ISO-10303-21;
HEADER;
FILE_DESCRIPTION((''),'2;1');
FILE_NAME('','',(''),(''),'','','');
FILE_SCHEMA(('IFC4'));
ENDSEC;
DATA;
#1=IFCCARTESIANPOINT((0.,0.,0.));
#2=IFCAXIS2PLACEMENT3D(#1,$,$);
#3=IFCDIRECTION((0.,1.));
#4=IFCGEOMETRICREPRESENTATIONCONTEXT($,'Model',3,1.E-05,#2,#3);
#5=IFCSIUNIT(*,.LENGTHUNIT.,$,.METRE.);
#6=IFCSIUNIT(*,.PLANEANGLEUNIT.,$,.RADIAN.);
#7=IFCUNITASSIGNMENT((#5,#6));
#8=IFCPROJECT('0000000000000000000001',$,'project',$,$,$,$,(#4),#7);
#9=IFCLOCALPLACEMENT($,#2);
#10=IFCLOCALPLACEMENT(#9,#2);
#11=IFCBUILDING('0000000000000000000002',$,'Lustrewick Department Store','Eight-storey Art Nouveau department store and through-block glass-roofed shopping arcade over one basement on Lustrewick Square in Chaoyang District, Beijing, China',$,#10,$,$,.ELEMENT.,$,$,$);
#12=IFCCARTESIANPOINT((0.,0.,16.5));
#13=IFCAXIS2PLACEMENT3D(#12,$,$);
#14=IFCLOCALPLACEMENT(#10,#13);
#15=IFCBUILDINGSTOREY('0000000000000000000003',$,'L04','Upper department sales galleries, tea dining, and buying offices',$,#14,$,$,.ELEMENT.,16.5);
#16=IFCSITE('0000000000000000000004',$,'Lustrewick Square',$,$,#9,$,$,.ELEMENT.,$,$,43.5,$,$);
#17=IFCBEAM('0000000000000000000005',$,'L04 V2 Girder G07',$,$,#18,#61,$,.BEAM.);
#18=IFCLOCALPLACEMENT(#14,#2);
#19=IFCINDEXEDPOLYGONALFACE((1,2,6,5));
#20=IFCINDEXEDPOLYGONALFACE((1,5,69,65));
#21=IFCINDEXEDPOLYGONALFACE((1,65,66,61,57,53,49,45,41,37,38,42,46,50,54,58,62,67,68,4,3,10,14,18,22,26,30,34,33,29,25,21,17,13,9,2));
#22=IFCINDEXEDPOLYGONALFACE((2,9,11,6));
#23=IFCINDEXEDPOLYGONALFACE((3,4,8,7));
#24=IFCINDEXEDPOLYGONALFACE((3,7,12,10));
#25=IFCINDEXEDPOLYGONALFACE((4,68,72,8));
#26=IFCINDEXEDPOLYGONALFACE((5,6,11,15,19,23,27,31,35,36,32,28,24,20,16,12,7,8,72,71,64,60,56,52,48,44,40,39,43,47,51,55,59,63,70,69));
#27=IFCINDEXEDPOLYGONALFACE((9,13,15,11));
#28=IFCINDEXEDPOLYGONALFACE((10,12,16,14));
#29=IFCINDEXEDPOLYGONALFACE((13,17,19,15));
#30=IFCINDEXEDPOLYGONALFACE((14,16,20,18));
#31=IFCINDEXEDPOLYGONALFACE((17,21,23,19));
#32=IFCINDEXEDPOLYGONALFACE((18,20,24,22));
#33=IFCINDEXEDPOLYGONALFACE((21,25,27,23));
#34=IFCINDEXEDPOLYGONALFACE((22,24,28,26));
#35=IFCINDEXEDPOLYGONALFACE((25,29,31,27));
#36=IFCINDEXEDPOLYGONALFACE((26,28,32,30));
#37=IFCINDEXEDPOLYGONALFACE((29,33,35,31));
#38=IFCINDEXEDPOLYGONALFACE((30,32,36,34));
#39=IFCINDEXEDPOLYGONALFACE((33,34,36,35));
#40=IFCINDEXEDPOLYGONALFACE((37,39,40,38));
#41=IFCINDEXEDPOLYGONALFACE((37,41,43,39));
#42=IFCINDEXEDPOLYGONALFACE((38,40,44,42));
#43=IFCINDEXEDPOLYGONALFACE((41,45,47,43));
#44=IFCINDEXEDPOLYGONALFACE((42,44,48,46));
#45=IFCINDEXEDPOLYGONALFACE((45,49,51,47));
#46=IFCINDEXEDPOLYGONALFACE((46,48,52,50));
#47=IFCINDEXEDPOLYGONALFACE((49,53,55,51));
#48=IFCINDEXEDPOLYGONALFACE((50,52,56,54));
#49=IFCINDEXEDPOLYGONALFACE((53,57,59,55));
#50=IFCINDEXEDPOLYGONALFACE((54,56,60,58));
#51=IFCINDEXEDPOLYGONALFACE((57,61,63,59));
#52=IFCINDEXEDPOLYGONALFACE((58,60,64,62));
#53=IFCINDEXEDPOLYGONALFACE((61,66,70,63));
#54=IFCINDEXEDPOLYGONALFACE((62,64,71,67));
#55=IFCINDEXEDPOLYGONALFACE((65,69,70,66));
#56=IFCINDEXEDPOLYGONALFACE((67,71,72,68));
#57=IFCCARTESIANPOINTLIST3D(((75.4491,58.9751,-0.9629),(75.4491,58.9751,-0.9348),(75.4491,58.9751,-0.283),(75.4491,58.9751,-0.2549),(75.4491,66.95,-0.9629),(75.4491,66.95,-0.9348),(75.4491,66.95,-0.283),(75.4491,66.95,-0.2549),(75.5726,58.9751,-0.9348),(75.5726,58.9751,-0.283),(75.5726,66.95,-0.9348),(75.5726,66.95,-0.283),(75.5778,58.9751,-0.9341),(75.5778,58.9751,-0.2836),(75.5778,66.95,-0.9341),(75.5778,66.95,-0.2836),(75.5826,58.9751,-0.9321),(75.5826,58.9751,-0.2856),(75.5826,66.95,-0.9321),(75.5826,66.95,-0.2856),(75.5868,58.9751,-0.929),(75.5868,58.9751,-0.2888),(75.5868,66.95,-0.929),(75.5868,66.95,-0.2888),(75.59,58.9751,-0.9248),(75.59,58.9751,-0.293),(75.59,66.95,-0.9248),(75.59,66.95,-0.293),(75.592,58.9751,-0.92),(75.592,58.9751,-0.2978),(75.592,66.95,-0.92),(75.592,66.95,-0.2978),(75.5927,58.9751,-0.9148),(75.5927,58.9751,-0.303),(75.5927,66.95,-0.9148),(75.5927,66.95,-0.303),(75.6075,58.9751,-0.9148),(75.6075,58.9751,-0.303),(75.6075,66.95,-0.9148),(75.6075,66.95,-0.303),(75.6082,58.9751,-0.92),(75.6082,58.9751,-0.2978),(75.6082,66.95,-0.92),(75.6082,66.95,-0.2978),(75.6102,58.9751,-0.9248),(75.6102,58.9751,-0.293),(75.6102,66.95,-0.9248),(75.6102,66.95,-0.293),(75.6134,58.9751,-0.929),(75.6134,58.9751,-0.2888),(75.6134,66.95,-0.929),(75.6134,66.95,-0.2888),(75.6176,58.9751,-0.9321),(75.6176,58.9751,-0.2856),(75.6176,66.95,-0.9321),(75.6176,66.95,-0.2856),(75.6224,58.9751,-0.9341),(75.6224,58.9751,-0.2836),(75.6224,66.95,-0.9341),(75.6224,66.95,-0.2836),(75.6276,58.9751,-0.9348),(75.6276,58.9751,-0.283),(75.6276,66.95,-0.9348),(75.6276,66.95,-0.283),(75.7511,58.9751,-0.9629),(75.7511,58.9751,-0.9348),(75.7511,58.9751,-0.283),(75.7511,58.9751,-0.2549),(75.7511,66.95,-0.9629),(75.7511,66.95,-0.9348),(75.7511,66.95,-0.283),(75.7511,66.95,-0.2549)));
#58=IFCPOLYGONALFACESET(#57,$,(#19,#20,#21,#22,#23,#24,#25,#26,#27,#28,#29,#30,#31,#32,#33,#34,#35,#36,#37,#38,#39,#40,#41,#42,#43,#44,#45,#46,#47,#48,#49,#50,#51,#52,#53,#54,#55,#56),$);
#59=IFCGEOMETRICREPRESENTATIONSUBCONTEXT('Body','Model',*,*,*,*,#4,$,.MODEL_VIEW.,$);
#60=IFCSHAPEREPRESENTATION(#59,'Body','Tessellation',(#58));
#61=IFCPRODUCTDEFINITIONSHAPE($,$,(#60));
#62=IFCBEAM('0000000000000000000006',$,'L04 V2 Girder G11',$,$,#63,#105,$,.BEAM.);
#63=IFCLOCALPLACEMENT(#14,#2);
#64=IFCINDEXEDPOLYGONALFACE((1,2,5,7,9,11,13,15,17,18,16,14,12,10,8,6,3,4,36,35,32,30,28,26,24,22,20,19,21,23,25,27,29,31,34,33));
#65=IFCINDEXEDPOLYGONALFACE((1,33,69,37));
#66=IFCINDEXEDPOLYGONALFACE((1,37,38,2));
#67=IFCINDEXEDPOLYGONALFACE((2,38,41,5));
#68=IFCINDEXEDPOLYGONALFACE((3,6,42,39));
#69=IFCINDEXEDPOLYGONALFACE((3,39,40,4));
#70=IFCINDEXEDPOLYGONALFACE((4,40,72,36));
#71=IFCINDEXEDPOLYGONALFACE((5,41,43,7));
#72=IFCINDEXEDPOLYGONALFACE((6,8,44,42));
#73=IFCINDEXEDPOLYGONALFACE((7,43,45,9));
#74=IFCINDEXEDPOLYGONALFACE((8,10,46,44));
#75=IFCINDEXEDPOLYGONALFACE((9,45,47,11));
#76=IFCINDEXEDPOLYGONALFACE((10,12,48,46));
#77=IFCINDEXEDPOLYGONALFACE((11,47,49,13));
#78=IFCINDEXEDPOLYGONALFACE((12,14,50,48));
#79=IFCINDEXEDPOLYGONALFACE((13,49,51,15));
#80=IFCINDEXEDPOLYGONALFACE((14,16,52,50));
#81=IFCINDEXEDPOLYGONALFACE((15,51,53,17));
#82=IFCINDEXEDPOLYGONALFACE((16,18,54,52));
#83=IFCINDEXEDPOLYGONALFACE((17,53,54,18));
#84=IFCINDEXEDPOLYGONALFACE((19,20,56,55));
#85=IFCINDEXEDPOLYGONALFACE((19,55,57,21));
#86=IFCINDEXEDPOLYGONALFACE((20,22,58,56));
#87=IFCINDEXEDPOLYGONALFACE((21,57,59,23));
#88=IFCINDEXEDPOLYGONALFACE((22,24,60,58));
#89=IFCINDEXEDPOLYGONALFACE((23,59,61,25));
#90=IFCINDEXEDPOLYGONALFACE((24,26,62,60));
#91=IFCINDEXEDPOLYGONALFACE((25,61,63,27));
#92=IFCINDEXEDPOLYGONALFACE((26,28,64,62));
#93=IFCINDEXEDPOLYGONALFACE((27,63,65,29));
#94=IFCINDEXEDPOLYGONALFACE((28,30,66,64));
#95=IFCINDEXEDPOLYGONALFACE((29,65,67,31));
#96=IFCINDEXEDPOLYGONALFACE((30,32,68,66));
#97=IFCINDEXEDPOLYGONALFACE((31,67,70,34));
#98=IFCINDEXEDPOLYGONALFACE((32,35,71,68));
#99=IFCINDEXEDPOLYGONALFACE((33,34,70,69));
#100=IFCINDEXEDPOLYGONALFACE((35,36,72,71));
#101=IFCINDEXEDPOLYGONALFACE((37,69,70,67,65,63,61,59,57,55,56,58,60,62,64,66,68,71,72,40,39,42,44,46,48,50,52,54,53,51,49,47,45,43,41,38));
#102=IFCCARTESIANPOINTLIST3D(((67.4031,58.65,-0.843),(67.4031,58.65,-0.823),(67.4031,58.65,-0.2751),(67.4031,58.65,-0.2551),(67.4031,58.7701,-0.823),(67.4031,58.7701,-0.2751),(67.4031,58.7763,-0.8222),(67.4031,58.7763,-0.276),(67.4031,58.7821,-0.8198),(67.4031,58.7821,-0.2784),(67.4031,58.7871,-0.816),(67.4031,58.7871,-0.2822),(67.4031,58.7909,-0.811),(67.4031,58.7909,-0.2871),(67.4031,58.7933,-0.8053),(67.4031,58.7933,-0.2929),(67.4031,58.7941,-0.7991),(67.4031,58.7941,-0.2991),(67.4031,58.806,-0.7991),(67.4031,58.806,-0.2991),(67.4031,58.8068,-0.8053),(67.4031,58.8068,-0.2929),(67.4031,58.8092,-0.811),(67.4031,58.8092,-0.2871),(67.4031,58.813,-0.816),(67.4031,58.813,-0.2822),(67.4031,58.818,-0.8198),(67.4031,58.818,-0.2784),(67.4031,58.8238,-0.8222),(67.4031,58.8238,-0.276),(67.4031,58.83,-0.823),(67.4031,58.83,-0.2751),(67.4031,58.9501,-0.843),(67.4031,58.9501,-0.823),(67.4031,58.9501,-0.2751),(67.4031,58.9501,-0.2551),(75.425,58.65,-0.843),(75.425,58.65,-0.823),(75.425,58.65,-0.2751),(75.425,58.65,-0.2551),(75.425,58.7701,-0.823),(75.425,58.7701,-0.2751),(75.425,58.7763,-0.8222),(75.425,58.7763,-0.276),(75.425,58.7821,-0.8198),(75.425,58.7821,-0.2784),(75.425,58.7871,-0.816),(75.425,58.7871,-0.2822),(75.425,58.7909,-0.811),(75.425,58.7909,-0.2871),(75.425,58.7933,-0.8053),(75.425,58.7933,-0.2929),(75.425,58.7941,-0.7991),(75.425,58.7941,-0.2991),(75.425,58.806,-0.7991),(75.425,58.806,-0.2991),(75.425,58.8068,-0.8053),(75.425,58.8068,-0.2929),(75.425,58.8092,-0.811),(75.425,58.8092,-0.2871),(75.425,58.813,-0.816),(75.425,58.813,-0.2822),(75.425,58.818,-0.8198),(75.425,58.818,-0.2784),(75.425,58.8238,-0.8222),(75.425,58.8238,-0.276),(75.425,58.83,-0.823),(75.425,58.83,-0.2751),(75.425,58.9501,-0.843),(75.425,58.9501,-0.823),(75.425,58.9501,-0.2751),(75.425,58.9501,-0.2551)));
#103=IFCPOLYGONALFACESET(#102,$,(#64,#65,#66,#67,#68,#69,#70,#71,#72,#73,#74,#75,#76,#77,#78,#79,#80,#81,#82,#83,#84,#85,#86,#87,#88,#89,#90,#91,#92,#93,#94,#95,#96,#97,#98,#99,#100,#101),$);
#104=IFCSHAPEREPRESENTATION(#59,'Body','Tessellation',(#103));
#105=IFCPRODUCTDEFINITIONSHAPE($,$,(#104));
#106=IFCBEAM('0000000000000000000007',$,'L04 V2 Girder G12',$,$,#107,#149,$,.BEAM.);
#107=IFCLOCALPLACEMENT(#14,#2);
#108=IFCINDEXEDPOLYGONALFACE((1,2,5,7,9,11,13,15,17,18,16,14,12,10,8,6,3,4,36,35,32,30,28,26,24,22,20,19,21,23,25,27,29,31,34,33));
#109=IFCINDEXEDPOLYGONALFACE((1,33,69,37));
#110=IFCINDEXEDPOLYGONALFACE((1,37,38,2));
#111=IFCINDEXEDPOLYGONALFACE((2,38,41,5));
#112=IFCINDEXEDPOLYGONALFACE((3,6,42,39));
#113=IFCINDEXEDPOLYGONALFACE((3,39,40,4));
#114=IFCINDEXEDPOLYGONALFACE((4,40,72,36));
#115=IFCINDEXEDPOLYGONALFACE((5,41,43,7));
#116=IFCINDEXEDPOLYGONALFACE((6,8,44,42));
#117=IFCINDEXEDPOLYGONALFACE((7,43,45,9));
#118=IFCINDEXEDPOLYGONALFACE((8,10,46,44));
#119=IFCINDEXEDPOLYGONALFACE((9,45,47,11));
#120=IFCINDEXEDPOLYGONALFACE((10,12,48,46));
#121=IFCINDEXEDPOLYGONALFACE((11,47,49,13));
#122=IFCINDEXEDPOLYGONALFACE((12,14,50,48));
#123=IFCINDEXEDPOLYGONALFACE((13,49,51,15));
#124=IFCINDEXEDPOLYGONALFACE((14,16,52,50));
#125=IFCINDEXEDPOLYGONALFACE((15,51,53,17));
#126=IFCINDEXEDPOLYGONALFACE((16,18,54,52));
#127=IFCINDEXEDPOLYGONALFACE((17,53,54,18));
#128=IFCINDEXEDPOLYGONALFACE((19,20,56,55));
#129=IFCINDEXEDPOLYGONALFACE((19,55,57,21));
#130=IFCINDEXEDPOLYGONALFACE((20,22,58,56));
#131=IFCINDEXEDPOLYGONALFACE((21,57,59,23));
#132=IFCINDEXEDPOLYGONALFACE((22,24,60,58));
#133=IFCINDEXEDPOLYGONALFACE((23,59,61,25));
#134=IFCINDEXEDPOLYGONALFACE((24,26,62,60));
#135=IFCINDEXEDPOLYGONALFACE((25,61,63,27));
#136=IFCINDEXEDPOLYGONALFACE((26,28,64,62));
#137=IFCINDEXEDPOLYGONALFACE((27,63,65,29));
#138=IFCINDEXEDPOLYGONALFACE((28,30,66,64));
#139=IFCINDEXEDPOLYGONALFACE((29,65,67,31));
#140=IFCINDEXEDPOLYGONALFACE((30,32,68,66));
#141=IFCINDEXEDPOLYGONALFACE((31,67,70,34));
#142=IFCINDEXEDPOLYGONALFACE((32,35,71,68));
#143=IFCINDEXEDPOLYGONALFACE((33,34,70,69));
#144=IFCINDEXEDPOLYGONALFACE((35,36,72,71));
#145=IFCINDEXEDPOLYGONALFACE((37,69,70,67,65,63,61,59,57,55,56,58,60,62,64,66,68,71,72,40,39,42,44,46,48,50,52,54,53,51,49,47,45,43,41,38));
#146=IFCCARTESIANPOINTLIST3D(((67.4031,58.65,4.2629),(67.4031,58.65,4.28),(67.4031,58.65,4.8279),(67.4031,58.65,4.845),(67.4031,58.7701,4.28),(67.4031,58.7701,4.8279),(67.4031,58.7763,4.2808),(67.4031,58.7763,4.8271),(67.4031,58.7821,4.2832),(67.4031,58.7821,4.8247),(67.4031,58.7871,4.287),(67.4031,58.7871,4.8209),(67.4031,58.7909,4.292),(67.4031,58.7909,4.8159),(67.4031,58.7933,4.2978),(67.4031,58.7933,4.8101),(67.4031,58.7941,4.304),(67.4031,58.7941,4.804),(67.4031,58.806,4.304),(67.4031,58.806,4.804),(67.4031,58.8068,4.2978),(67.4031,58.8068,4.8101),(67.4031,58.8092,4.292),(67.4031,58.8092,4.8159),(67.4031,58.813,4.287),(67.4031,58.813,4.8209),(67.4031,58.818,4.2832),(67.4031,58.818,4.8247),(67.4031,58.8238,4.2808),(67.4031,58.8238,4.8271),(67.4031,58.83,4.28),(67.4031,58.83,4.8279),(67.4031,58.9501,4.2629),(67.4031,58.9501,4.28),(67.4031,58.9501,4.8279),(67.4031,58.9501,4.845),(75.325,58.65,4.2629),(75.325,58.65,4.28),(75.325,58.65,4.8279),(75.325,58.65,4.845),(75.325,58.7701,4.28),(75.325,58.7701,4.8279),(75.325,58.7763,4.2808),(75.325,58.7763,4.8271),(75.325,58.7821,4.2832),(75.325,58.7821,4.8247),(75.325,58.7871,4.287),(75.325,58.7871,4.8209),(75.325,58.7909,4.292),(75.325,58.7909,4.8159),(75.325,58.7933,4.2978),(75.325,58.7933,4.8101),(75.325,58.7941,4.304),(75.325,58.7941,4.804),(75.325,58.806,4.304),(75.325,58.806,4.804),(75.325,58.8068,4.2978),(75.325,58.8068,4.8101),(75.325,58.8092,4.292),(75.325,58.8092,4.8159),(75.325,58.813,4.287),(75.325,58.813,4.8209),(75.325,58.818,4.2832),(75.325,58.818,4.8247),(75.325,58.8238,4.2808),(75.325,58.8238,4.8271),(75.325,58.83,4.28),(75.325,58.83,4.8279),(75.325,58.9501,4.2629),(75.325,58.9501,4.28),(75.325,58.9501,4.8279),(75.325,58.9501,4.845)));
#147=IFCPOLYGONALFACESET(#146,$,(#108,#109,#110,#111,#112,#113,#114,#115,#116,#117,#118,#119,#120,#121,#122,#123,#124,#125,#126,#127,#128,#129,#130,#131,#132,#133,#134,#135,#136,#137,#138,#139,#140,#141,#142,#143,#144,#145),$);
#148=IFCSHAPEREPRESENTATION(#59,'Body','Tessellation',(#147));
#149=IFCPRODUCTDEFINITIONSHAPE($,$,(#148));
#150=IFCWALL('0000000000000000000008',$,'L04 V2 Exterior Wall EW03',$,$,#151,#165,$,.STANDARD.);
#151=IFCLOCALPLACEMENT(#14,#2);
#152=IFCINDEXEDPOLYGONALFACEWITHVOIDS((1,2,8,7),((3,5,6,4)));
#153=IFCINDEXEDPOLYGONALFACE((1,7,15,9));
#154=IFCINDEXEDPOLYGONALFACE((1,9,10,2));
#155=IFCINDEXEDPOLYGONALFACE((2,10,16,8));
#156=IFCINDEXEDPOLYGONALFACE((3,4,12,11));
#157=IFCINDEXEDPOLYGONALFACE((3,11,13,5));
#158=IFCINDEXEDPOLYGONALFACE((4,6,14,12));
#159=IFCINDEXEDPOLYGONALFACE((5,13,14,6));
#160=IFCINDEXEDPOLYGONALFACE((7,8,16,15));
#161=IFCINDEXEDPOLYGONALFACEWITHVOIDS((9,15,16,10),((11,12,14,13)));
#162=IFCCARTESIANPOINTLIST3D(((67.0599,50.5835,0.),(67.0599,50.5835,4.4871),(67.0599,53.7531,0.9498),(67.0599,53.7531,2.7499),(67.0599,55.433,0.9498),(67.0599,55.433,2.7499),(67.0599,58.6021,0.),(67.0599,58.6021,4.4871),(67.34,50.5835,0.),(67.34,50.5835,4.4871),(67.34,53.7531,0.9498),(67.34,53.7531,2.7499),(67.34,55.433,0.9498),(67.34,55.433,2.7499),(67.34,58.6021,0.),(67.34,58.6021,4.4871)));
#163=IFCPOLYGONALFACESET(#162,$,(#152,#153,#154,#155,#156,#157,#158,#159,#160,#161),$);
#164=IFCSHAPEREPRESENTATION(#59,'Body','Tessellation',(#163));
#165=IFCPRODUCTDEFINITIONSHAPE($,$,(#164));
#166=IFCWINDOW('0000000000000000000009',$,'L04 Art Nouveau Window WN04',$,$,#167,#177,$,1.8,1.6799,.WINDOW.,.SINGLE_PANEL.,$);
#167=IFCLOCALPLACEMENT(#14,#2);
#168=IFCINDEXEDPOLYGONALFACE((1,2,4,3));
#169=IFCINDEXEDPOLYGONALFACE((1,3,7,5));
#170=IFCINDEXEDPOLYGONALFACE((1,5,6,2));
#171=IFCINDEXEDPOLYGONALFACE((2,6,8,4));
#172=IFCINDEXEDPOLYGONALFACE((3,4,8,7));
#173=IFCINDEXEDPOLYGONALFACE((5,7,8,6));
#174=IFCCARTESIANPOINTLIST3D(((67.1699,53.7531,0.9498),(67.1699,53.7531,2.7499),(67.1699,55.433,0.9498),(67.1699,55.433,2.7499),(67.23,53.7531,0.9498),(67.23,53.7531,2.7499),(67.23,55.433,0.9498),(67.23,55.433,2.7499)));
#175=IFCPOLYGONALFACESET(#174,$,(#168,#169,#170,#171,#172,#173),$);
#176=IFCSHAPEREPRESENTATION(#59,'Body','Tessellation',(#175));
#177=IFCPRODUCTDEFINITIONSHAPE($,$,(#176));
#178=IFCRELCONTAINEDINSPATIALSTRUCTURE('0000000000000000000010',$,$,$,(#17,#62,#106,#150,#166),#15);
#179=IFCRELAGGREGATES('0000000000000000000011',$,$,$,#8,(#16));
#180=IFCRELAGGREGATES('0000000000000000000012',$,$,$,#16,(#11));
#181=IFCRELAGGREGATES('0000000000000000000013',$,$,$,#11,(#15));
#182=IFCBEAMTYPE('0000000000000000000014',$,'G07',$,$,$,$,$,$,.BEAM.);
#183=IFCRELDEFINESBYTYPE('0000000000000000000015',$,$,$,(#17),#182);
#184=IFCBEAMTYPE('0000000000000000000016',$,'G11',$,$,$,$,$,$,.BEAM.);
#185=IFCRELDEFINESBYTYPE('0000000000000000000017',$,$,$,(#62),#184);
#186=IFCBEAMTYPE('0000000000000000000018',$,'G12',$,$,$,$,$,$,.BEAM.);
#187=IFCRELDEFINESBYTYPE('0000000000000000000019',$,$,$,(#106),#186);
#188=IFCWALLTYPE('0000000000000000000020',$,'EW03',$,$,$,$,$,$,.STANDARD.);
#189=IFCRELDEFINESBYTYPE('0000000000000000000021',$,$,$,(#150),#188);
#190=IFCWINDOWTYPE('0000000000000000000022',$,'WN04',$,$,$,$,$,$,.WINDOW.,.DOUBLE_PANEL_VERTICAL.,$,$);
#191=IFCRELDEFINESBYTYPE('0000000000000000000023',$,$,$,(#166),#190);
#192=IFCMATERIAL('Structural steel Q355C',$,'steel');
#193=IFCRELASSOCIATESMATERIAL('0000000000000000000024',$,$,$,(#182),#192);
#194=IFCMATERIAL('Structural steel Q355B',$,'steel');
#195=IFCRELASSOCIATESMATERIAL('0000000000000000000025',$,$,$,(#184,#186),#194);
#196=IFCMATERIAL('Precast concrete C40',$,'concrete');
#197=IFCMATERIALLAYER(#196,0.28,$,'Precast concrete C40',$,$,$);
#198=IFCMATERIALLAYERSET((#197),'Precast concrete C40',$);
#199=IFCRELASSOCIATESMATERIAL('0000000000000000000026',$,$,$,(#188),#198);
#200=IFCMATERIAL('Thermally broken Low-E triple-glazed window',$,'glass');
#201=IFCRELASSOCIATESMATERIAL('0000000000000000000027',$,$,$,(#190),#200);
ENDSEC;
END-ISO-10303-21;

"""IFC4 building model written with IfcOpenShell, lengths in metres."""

from ifc_helpers import new_model, si_unit, direction, frame, frame_2d, origin, origin_2d, place, context, subcontext, project, spatial, rectangle, i_section, extrude, material, layer, layer_set, material_profile, profile_set, type_object, element, fill, save


model = new_model("IFC4")

# Units and contexts
model_context = context("Model", 3, precision=1e-05, world=origin(), true_north=direction((0.0, 1.0)))
body_context = subcontext(model_context, "Body", "Model", "MODEL_VIEW")
ifc_project = project(units=[si_unit("LENGTHUNIT", "METRE"), si_unit("PLANEANGLEUNIT", "RADIAN")], contexts=[model_context])

# Site, building, storey
site_placement = place(None, origin())
site = spatial("IfcSite", under=ifc_project, at=site_placement, Name="Lustrewick Square", CompositionType="ELEMENT", RefElevation=43.5)
building_placement = place(site_placement, origin())
building = spatial("IfcBuilding", under=site, at=building_placement, Name="Lustrewick Department Store", Description="Eight-storey Art Nouveau department store and through-block glass-roofed shopping arcade over one basement on Lustrewick Square in Chaoyang District, Beijing, China", CompositionType="ELEMENT")
storey_placement = place(building_placement, frame((0.0, 0.0, 16.5)))
storey = spatial("IfcBuildingStorey", under=building, at=storey_placement, Name="L04", Description="Upper department sales galleries, tea dining, and buying offices", CompositionType="ELEMENT", Elevation=16.5)

# Shared definitions
ifc_material_1 = material(Name="Structural steel Q355C", Category="steel")
ifc_material_2 = material(Name="Structural steel Q355B", Category="steel")

# Beams
ifc_material_profile_1 = material_profile(ifc_material_1, i_section(OverallWidth=0.302, OverallDepth=0.708, WebThickness=0.0149, FlangeThickness=0.0281, FilletRadius=0.02, at=origin_2d()), Name="HN 708x302x15x28")
ifc_profile_set_1 = profile_set([ifc_material_profile_1], Name="Structural steel Q355C")
beam_type_1 = type_object("IfcBeamType", Name="G07", PredefinedType="BEAM", material=ifc_profile_set_1)
beam_1_placement = place(storey_placement, frame((75.6001, 58.9751, -0.6089), z_axis=(0.0, 1.0, 0.0), x_axis=(-1.0, 0.0, 0.0)))
element("IfcBeam", 1, at=beam_1_placement, inside=storey, type_object=beam_type_1, Name="L04 V2 Girder G07", PredefinedType="BEAM", context=body_context, shape_type="SweptSolid", body=[
    extrude(i_section(OverallWidth=0.302, OverallDepth=0.708, WebThickness=0.0149, FlangeThickness=0.0281, FilletRadius=0.02, at=origin_2d()), origin(), (0.0, 0.0, 1.0), 7.9749),
])
ifc_material_profile_2 = material_profile(ifc_material_2, i_section(OverallWidth=0.3, OverallDepth=0.5879, WebThickness=0.012, FlangeThickness=0.02, FilletRadius=0.0239, at=origin_2d()), Name="HM 588x300x12x20")
ifc_profile_set_2 = profile_set([ifc_material_profile_2], Name="Structural steel Q355B")
beam_type_2 = type_object("IfcBeamType", Name="G11", PredefinedType="BEAM", material=ifc_profile_set_2)
beam_2_placement = place(storey_placement, frame((67.4031, 58.8, -0.5491), z_axis=(1.0, 0.0, 0.0), x_axis=(0.0, 1.0, 0.0)))
element("IfcBeam", 2, at=beam_2_placement, inside=storey, type_object=beam_type_2, Name="L04 V2 Girder G11", PredefinedType="BEAM", context=body_context, shape_type="SweptSolid", body=[
    extrude(i_section(OverallWidth=0.3, OverallDepth=0.5879, WebThickness=0.012, FlangeThickness=0.02, FilletRadius=0.0239, at=origin_2d()), origin(), (0.0, 0.0, 1.0), 8.022),
])
ifc_material_profile_3 = material_profile(ifc_material_2, i_section(OverallWidth=0.3, OverallDepth=0.582, WebThickness=0.012, FlangeThickness=0.0171, FilletRadius=0.0239, at=origin_2d()), Name="HM 582x300x12x17")
ifc_profile_set_3 = profile_set([ifc_material_profile_3], Name="Structural steel Q355B")
beam_type_3 = type_object("IfcBeamType", Name="G12", PredefinedType="BEAM", material=ifc_profile_set_3)
beam_3_placement = place(storey_placement, frame((67.4031, 58.8, 4.554), z_axis=(1.0, 0.0, 0.0), x_axis=(0.0, 1.0, 0.0)))
element("IfcBeam", 3, at=beam_3_placement, inside=storey, type_object=beam_type_3, Name="L04 V2 Girder G12", PredefinedType="BEAM", context=body_context, shape_type="SweptSolid", body=[
    extrude(i_section(OverallWidth=0.3, OverallDepth=0.582, WebThickness=0.012, FlangeThickness=0.0171, FilletRadius=0.0239, at=origin_2d()), origin(), (0.0, 0.0, 1.0), 7.9219),
])

# Wall, opening, window
ifc_material_3 = material(Name="Precast concrete C40", Category="concrete")
ifc_layer_1 = layer(ifc_material_3, 0.28, Name="Precast concrete C40")
ifc_layer_set_1 = layer_set([ifc_layer_1], Name="Precast concrete C40")
wall_type_1 = type_object("IfcWallType", Name="EW03", PredefinedType="STANDARD", material=ifc_layer_set_1)
wall_1_placement = place(storey_placement, frame((67.2, 58.6021, 0.0), z_axis=(0.0, 0.0, 1.0), x_axis=(0.0, -1.0, 0.0)))
wall_1 = element("IfcWall", 4, at=wall_1_placement, inside=storey, type_object=wall_type_1, Name="L04 V2 Exterior Wall EW03", PredefinedType="STANDARD", context=body_context, shape_type="SweptSolid", body=[
    extrude(rectangle(XDim=8.0186, YDim=0.28, at=frame_2d((4.0093, 0.0))), origin(), (0.0, 0.0, 1.0), 4.4871),
])
opening_1_placement = place(wall_1_placement, frame((3.1692, 0.0, 0.95)))
opening_1 = element("IfcOpeningElement", 5, at=opening_1_placement, cuts=wall_1, PredefinedType="OPENING", context=body_context, shape_type="SweptSolid", body=[
    extrude(rectangle(XDim=1.6799, YDim=1.8, at=frame_2d((0.8398, 0.8999))), frame((0.0, 0.1499, 0.0), z_axis=(0.0, -1.0, 0.0), x_axis=(1.0, 0.0, 0.0)), (0.0, 0.0, 1.0), 0.3),
])
ifc_material_4 = material(Name="Thermally broken Low-E triple-glazed window", Category="glass")
window_type = type_object("IfcWindowType", Name="WN04", PartitioningType="DOUBLE_PANEL_VERTICAL", PredefinedType="WINDOW", material=ifc_material_4)
window_placement = place(opening_1_placement, origin())
window = element("IfcWindow", 6, at=window_placement, inside=storey, type_object=window_type, Name="L04 Art Nouveau Window WN04", OverallHeight=1.8, OverallWidth=1.6799, PartitioningType="SINGLE_PANEL", PredefinedType="WINDOW", context=body_context, shape_type="SweptSolid", body=[
    extrude(rectangle(XDim=1.6799, YDim=1.8, at=frame_2d((0.8398, 0.8999))), frame((0.0, 0.03, 0.0), z_axis=(0.0, -1.0, 0.0), x_axis=(1.0, 0.0, 0.0)), (0.0, 0.0, 1.0), 0.0601),
])
fill(opening_1, window)

save(model, "model.ifc")
